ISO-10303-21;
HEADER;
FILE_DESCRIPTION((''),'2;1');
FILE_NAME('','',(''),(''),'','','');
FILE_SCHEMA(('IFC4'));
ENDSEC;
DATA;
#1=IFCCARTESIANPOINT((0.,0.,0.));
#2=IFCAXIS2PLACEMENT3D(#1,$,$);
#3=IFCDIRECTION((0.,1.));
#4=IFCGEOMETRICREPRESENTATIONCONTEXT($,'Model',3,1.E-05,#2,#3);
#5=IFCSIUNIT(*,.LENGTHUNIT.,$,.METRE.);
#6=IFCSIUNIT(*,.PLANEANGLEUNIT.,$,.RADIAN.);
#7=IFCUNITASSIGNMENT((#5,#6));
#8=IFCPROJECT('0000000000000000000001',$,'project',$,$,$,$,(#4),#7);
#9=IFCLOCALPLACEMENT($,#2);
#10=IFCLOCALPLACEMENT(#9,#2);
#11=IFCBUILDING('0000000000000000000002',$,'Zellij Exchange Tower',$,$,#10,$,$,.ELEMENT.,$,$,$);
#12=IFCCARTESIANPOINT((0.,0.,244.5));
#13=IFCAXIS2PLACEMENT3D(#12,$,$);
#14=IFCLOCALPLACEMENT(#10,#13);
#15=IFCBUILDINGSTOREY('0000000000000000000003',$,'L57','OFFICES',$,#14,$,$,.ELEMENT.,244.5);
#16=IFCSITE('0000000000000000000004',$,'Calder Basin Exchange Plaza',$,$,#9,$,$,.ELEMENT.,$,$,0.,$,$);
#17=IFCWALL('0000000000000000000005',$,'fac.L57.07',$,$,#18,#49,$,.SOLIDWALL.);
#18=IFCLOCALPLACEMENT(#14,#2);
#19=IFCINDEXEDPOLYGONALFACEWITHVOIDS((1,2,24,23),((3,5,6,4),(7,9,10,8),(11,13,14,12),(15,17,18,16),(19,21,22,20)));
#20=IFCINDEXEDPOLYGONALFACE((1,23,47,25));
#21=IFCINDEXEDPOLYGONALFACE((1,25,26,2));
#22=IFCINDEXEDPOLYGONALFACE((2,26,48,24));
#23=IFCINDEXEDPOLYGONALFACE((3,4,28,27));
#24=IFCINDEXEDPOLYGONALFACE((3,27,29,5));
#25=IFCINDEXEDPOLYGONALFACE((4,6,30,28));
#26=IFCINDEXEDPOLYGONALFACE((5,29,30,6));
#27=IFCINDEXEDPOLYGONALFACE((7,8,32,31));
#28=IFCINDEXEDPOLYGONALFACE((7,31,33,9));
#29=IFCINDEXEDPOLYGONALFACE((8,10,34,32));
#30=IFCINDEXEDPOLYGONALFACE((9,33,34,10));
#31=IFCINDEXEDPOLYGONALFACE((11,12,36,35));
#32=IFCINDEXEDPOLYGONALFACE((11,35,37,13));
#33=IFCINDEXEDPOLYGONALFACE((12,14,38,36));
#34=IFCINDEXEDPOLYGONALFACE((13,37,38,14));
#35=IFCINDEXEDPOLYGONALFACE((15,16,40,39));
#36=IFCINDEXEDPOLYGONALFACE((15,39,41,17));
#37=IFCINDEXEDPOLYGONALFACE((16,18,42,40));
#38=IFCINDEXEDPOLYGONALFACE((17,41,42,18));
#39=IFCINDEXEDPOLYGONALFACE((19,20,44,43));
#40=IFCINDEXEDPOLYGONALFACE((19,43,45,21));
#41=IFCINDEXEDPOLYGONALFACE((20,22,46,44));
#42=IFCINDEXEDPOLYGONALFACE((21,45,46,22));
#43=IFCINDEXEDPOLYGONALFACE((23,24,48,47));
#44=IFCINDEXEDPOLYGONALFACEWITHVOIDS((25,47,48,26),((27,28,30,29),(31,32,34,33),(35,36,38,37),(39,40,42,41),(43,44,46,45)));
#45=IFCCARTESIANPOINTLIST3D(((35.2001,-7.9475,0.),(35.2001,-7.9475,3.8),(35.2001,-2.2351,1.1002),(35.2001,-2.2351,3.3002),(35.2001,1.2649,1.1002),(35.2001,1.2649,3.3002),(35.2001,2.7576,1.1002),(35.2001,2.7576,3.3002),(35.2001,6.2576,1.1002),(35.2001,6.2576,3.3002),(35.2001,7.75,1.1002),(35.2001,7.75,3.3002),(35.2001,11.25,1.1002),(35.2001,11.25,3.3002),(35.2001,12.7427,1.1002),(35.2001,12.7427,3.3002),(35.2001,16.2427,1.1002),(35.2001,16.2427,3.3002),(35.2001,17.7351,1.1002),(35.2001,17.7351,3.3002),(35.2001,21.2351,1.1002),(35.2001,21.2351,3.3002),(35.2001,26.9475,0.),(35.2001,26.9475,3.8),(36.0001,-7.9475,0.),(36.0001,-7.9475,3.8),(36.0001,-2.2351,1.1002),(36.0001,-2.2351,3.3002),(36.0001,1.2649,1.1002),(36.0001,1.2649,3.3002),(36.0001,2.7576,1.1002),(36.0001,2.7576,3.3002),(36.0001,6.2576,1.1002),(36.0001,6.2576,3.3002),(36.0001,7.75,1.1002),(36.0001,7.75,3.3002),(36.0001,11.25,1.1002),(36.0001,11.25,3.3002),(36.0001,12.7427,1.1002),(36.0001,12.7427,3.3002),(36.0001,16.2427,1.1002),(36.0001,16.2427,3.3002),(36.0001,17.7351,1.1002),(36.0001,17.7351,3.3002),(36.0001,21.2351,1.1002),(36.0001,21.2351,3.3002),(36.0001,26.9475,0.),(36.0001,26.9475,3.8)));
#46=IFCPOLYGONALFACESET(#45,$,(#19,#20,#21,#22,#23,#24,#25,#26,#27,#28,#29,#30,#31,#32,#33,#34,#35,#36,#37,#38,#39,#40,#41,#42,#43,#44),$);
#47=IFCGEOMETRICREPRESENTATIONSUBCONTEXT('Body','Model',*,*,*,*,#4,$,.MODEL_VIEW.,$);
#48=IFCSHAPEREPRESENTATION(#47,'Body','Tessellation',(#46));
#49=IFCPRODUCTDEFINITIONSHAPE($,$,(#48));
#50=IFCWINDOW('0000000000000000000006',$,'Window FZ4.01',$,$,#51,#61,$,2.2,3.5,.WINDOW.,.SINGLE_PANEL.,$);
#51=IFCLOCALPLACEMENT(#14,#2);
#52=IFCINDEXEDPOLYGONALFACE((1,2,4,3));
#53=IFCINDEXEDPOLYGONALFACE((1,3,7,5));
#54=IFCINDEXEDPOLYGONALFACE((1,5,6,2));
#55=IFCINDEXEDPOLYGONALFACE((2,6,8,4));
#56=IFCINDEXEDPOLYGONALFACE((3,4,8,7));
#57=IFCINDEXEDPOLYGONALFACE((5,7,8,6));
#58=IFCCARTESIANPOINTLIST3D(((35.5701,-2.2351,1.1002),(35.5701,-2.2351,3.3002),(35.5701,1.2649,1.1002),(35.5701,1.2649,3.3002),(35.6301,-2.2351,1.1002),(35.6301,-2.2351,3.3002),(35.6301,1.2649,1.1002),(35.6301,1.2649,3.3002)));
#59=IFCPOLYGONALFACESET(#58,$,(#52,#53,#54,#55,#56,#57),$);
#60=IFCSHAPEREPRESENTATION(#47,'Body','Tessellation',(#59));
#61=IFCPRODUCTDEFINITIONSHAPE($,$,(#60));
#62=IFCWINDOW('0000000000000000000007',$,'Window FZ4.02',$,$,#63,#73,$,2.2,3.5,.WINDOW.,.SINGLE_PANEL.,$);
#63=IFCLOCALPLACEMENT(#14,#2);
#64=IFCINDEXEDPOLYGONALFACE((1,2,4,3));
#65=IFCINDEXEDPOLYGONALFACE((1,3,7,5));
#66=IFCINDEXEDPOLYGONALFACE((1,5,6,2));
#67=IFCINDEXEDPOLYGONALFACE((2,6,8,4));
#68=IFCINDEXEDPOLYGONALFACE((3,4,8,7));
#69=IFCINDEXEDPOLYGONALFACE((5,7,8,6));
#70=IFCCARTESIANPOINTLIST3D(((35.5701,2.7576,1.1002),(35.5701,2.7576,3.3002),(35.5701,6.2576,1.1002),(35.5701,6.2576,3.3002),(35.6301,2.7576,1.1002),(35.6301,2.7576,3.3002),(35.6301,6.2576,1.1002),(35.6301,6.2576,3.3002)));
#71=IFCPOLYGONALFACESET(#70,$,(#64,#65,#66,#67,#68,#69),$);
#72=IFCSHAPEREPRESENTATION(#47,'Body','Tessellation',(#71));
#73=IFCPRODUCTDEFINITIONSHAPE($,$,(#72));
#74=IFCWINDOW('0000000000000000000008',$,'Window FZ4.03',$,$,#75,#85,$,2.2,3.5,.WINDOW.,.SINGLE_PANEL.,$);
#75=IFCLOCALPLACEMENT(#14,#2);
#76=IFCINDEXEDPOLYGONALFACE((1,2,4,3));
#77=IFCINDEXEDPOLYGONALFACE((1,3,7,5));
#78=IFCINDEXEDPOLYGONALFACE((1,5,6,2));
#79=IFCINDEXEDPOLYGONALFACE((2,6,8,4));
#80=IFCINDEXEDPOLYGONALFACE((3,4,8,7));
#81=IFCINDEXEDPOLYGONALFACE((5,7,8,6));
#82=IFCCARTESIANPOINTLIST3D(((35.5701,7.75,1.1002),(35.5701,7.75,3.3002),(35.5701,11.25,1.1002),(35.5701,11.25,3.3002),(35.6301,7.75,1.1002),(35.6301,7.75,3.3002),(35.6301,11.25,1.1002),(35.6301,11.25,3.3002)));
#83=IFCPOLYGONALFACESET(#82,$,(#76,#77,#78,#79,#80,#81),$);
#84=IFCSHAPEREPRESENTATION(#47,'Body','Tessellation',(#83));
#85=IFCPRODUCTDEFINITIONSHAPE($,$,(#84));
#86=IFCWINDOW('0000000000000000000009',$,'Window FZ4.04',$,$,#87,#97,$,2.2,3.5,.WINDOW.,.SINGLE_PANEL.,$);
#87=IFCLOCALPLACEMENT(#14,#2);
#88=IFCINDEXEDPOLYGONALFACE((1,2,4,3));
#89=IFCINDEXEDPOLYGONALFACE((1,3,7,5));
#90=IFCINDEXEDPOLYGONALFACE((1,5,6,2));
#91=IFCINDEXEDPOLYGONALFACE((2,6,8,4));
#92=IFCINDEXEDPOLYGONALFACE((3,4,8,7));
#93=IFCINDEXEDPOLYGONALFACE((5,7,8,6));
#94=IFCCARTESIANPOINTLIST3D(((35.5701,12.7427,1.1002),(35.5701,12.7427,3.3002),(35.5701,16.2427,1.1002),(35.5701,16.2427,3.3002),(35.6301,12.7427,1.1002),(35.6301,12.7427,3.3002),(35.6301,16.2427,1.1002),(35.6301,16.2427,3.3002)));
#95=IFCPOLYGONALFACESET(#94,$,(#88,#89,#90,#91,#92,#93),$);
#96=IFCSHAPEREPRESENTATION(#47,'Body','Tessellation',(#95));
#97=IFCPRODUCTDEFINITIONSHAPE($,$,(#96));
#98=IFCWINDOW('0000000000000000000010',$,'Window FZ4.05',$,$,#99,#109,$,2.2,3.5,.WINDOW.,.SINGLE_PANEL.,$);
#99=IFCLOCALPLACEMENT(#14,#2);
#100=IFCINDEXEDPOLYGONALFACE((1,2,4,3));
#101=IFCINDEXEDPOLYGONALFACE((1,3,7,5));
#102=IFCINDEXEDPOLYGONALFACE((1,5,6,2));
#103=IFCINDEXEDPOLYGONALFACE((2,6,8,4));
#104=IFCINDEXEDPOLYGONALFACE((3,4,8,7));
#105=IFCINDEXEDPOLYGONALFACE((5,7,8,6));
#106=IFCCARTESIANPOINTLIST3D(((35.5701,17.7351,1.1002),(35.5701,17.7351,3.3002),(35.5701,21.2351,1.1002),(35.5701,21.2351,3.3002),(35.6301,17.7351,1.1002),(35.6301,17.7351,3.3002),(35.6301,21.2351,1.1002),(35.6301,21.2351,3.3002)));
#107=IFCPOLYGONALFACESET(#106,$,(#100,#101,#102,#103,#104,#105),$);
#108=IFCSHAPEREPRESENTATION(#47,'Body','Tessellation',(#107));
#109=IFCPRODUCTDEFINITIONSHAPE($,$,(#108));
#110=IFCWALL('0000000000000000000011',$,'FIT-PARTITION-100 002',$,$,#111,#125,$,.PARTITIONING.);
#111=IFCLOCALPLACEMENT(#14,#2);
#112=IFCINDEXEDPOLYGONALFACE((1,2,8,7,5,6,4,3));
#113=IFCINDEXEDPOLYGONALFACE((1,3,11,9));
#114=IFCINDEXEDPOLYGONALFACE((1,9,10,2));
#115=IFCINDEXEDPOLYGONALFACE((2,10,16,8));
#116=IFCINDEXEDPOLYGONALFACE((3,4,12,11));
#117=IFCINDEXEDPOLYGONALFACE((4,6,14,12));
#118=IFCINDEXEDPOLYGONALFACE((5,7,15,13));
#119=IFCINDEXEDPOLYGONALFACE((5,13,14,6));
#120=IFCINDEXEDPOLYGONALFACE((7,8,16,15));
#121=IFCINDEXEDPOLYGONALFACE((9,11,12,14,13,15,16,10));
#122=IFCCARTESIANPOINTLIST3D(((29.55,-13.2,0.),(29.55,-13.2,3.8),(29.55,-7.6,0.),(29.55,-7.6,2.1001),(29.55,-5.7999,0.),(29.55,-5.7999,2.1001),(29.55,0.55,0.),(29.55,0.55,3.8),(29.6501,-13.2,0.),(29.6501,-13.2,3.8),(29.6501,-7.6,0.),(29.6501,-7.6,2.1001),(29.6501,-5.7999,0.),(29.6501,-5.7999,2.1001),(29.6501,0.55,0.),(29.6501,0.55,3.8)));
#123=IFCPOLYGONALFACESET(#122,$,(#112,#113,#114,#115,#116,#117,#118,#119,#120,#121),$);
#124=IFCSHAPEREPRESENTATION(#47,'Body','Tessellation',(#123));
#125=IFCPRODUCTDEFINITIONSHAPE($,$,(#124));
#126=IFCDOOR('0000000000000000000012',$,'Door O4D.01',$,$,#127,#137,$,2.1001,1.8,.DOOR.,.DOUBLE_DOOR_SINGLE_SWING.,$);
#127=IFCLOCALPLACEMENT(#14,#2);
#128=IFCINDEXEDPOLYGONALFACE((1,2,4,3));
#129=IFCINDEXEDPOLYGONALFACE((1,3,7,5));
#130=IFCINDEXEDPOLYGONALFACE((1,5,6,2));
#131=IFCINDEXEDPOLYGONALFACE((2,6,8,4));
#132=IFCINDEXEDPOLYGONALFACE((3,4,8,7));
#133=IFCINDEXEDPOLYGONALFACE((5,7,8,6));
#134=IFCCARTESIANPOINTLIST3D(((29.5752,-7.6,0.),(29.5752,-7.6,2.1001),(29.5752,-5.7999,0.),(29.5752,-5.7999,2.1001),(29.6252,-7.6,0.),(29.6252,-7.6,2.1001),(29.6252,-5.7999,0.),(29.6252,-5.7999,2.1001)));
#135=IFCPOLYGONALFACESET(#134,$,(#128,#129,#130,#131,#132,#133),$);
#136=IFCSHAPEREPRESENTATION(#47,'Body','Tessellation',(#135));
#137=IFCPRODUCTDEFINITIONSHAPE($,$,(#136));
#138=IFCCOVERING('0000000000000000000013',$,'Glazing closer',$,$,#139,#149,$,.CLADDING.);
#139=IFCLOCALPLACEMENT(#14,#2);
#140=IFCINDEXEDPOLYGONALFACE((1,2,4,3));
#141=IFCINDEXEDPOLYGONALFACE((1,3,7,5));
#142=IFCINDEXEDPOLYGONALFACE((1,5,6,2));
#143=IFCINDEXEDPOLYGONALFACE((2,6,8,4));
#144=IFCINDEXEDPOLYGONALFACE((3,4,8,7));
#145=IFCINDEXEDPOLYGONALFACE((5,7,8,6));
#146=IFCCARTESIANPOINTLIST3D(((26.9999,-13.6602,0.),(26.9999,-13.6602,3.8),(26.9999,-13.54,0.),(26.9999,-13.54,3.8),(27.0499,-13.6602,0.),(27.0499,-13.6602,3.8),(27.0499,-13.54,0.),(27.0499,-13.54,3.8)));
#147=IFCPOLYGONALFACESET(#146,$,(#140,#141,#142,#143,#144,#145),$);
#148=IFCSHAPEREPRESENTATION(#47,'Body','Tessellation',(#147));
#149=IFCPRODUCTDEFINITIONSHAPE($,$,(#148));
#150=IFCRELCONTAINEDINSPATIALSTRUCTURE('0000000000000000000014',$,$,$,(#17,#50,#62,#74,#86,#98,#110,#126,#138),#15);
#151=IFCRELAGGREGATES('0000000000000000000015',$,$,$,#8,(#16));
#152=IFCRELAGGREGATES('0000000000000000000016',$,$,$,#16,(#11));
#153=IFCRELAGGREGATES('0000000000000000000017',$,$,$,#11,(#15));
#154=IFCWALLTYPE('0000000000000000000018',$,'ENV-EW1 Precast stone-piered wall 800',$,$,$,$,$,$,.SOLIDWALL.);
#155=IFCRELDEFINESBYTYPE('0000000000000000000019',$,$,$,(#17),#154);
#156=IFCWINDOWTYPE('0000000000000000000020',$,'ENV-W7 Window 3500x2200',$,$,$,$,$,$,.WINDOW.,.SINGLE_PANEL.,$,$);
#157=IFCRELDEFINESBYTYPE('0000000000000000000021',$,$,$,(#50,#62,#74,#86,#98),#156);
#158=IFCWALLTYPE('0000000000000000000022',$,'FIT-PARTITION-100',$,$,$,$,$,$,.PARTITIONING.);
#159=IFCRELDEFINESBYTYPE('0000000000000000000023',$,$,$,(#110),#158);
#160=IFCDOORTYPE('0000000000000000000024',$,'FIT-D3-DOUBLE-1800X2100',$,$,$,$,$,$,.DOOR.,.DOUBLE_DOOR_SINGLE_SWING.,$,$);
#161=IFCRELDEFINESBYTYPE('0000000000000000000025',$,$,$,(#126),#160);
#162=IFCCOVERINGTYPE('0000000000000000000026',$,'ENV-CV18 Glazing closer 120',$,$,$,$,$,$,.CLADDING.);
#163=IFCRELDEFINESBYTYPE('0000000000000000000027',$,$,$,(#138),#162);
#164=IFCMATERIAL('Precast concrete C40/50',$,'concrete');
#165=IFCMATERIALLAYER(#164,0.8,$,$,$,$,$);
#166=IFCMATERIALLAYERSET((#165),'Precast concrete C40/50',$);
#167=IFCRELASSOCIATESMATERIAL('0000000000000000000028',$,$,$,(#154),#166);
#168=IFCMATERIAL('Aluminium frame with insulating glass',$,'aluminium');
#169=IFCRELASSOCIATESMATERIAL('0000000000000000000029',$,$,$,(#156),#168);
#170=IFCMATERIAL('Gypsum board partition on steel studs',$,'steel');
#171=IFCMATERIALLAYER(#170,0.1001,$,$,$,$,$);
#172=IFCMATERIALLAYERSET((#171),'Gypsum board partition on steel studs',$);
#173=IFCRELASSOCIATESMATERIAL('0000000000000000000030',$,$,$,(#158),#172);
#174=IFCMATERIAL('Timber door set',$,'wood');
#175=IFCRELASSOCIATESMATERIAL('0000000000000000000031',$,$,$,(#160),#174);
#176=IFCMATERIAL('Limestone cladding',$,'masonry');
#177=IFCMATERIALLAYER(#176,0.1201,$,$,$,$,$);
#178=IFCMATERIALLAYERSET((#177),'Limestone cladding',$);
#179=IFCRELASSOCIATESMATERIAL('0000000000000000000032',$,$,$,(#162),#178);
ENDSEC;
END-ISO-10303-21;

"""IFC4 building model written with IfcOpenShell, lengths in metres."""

from ifc_helpers import new_model, si_unit, direction, frame, frame_2d, origin, origin_2d, place, context, subcontext, project, spatial, rectangle, extrude, material, layer, layer_set, type_object, element, fill, save


model = new_model("IFC4")

# Units and contexts
model_context = context("Model", 3, precision=1e-05, world=origin(), true_north=direction((0.0, 1.0)))
body_context = subcontext(model_context, "Body", "Model", "MODEL_VIEW")
ifc_project = project(units=[si_unit("LENGTHUNIT", "METRE"), si_unit("PLANEANGLEUNIT", "RADIAN")], contexts=[model_context])

# Site, building, storey
site_placement = place(None, origin())
site = spatial("IfcSite", under=ifc_project, at=site_placement, Name="Calder Basin Exchange Plaza", CompositionType="ELEMENT", RefElevation=0.0)
building_placement = place(site_placement, origin())
building = spatial("IfcBuilding", under=site, at=building_placement, Name="Zellij Exchange Tower", CompositionType="ELEMENT")
storey_placement = place(building_placement, frame((0.0, 0.0, 244.5)))
storey = spatial("IfcBuildingStorey", under=building, at=storey_placement, Name="L57", Description="OFFICES", CompositionType="ELEMENT", Elevation=244.5)

# Shared definitions
ifc_material_1 = material(Name="Precast concrete C40/50", Category="concrete")
ifc_layer_1 = layer(ifc_material_1, 0.8)
ifc_layer_set_1 = layer_set([ifc_layer_1], Name="Precast concrete C40/50")
wall_type_1 = type_object("IfcWallType", Name="ENV-EW1 Precast stone-piered wall 800", PredefinedType="SOLIDWALL", material=ifc_layer_set_1)

# Wall, openings, windows
wall_1_placement = place(storey_placement, frame((35.6001, -7.9475, 0.0), z_axis=(0.0, 0.0, 1.0), x_axis=(0.0, 1.0, 0.0)))
wall_1 = element("IfcWall", 1, at=wall_1_placement, inside=storey, type_object=wall_type_1, Name="fac.L57.07", PredefinedType="SOLIDWALL", context=body_context, shape_type="SweptSolid", body=[
    extrude(rectangle(XDim=34.895, YDim=0.8, at=frame_2d((17.4475, 0.0))), origin(), (0.0, 0.0, 1.0), 3.8),
])
opening_1_placement = place(wall_1_placement, frame((5.7124, 0.0, 1.1001)))
opening_1 = element("IfcOpeningElement", 2, at=opening_1_placement, cuts=wall_1, PredefinedType="OPENING", context=body_context, shape_type="SweptSolid", body=[
    extrude(rectangle(XDim=3.5, YDim=2.2, at=frame_2d((1.75, 1.1001))), frame((0.0, 0.4121, 0.0), z_axis=(0.0, -1.0, 0.0), x_axis=(1.0, 0.0, 0.0)), (0.0, 0.0, 1.0), 0.824),
])
opening_2_placement = place(wall_1_placement, frame((10.7051, 0.0, 1.1001)))
opening_2 = element("IfcOpeningElement", 3, at=opening_2_placement, cuts=wall_1, PredefinedType="OPENING", context=body_context, shape_type="SweptSolid", body=[
    extrude(rectangle(XDim=3.5, YDim=2.2, at=frame_2d((1.75, 1.1001))), frame((0.0, 0.4121, 0.0), z_axis=(0.0, -1.0, 0.0), x_axis=(1.0, 0.0, 0.0)), (0.0, 0.0, 1.0), 0.824),
])
opening_3_placement = place(wall_1_placement, frame((15.6975, 0.0, 1.1001)))
opening_3 = element("IfcOpeningElement", 4, at=opening_3_placement, cuts=wall_1, PredefinedType="OPENING", context=body_context, shape_type="SweptSolid", body=[
    extrude(rectangle(XDim=3.5, YDim=2.2, at=frame_2d((1.75, 1.1001))), frame((0.0, 0.4121, 0.0), z_axis=(0.0, -1.0, 0.0), x_axis=(1.0, 0.0, 0.0)), (0.0, 0.0, 1.0), 0.824),
])
opening_4_placement = place(wall_1_placement, frame((20.6902, 0.0, 1.1001)))
opening_4 = element("IfcOpeningElement", 5, at=opening_4_placement, cuts=wall_1, PredefinedType="OPENING", context=body_context, shape_type="SweptSolid", body=[
    extrude(rectangle(XDim=3.5, YDim=2.2, at=frame_2d((1.75, 1.1001))), frame((0.0, 0.4121, 0.0), z_axis=(0.0, -1.0, 0.0), x_axis=(1.0, 0.0, 0.0)), (0.0, 0.0, 1.0), 0.824),
])
opening_5_placement = place(wall_1_placement, frame((25.6826, 0.0, 1.1001)))
opening_5 = element("IfcOpeningElement", 6, at=opening_5_placement, cuts=wall_1, PredefinedType="OPENING", context=body_context, shape_type="SweptSolid", body=[
    extrude(rectangle(XDim=3.5, YDim=2.2, at=frame_2d((1.75, 1.1001))), frame((0.0, 0.4121, 0.0), z_axis=(0.0, -1.0, 0.0), x_axis=(1.0, 0.0, 0.0)), (0.0, 0.0, 1.0), 0.824),
])
ifc_material_2 = material(Name="Aluminium frame with insulating glass", Category="aluminium")
window_type = type_object("IfcWindowType", Name="ENV-W7 Window 3500x2200", PartitioningType="SINGLE_PANEL", PredefinedType="WINDOW", material=ifc_material_2)
window_1_placement = place(opening_1_placement, origin())
window_1 = element("IfcWindow", 7, at=window_1_placement, inside=storey, type_object=window_type, Name="Window FZ4.01", OverallHeight=2.2, OverallWidth=3.5, PartitioningType="SINGLE_PANEL", PredefinedType="WINDOW", context=body_context, shape_type="SweptSolid", body=[
    extrude(rectangle(XDim=3.5, YDim=2.2, at=frame_2d((1.75, 1.1001))), frame((0.0, 0.03, 0.0), z_axis=(0.0, -1.0, 0.0), x_axis=(1.0, 0.0, 0.0)), (0.0, 0.0, 1.0), 0.0601),
])
fill(opening_1, window_1)
window_2_placement = place(opening_2_placement, origin())
window_2 = element("IfcWindow", 8, at=window_2_placement, inside=storey, type_object=window_type, Name="Window FZ4.02", OverallHeight=2.2, OverallWidth=3.5, PartitioningType="SINGLE_PANEL", PredefinedType="WINDOW", context=body_context, shape_type="SweptSolid", body=[
    extrude(rectangle(XDim=3.5, YDim=2.2, at=frame_2d((1.75, 1.1001))), frame((0.0, 0.03, 0.0), z_axis=(0.0, -1.0, 0.0), x_axis=(1.0, 0.0, 0.0)), (0.0, 0.0, 1.0), 0.0601),
])
fill(opening_2, window_2)
window_3_placement = place(opening_3_placement, origin())
window_3 = element("IfcWindow", 9, at=window_3_placement, inside=storey, type_object=window_type, Name="Window FZ4.03", OverallHeight=2.2, OverallWidth=3.5, PartitioningType="SINGLE_PANEL", PredefinedType="WINDOW", context=body_context, shape_type="SweptSolid", body=[
    extrude(rectangle(XDim=3.5, YDim=2.2, at=frame_2d((1.75, 1.1001))), frame((0.0, 0.03, 0.0), z_axis=(0.0, -1.0, 0.0), x_axis=(1.0, 0.0, 0.0)), (0.0, 0.0, 1.0), 0.0601),
])
fill(opening_3, window_3)
window_4_placement = place(opening_4_placement, origin())
window_4 = element("IfcWindow", 10, at=window_4_placement, inside=storey, type_object=window_type, Name="Window FZ4.04", OverallHeight=2.2, OverallWidth=3.5, PartitioningType="SINGLE_PANEL", PredefinedType="WINDOW", context=body_context, shape_type="SweptSolid", body=[
    extrude(rectangle(XDim=3.5, YDim=2.2, at=frame_2d((1.75, 1.1001))), frame((0.0, 0.03, 0.0), z_axis=(0.0, -1.0, 0.0), x_axis=(1.0, 0.0, 0.0)), (0.0, 0.0, 1.0), 0.0601),
])
fill(opening_4, window_4)
window_5_placement = place(opening_5_placement, origin())
window_5 = element("IfcWindow", 11, at=window_5_placement, inside=storey, type_object=window_type, Name="Window FZ4.05", OverallHeight=2.2, OverallWidth=3.5, PartitioningType="SINGLE_PANEL", PredefinedType="WINDOW", context=body_context, shape_type="SweptSolid", body=[
    extrude(rectangle(XDim=3.5, YDim=2.2, at=frame_2d((1.75, 1.1001))), frame((0.0, 0.03, 0.0), z_axis=(0.0, -1.0, 0.0), x_axis=(1.0, 0.0, 0.0)), (0.0, 0.0, 1.0), 0.0601),
])
fill(opening_5, window_5)

# Wall, opening, door
ifc_material_3 = material(Name="Gypsum board partition on steel studs", Category="steel")
ifc_layer_2 = layer(ifc_material_3, 0.1001)
ifc_layer_set_2 = layer_set([ifc_layer_2], Name="Gypsum board partition on steel studs")
wall_type_2 = type_object("IfcWallType", Name="FIT-PARTITION-100", PredefinedType="PARTITIONING", material=ifc_layer_set_2)
wall_2_placement = place(storey_placement, frame((29.6001, -13.2, 0.0), z_axis=(0.0, 0.0, 1.0), x_axis=(0.0, 1.0, 0.0)))
wall_2 = element("IfcWall", 12, at=wall_2_placement, inside=storey, type_object=wall_type_2, Name="FIT-PARTITION-100 002", PredefinedType="PARTITIONING", context=body_context, shape_type="SweptSolid", body=[
    extrude(rectangle(XDim=13.75, YDim=0.1001, at=frame_2d((6.875, 0.0))), origin(), (0.0, 0.0, 1.0), 3.8),
])
opening_6_placement = place(wall_2_placement, frame((5.6001, 0.0, 0.0)))
opening_6 = element("IfcOpeningElement", 13, at=opening_6_placement, cuts=wall_2, PredefinedType="OPENING", context=body_context, shape_type="SweptSolid", body=[
    extrude(rectangle(XDim=1.8, YDim=2.1001, at=frame_2d((0.8999, 1.05))), frame((0.0, 0.062, 0.0), z_axis=(0.0, -1.0, 0.0), x_axis=(1.0, 0.0, 0.0)), (0.0, 0.0, 1.0), 0.124),
])
ifc_material_4 = material(Name="Timber door set", Category="wood")
door_type_1 = type_object("IfcDoorType", Name="FIT-D3-DOUBLE-1800X2100", OperationType="DOUBLE_DOOR_SINGLE_SWING", PredefinedType="DOOR", material=ifc_material_4)
door_1_placement = place(opening_6_placement, origin())
door_1 = element("IfcDoor", 14, at=door_1_placement, inside=storey, type_object=door_type_1, Name="Door O4D.01", OperationType="DOUBLE_DOOR_SINGLE_SWING", OverallHeight=2.1001, OverallWidth=1.8, PredefinedType="DOOR", context=body_context, shape_type="SweptSolid", body=[
    extrude(rectangle(XDim=1.8, YDim=2.1001, at=frame_2d((0.8999, 1.05))), frame((0.0, 0.0249, 0.0), z_axis=(0.0, -1.0, 0.0), x_axis=(1.0, 0.0, 0.0)), (0.0, 0.0, 1.0), 0.05),
])
fill(opening_6, door_1)

# Covering
ifc_material_5 = material(Name="Limestone cladding", Category="masonry")
ifc_layer_3 = layer(ifc_material_5, 0.1201)
ifc_layer_set_3 = layer_set([ifc_layer_3], Name="Limestone cladding")
covering_type = type_object("IfcCoveringType", Name="ENV-CV18 Glazing closer 120", PredefinedType="CLADDING", material=ifc_layer_set_3)
covering_placement = place(storey_placement, frame((27.0249, -13.6001, 0.0), z_axis=(0.0, 0.0, 1.0), x_axis=(-1.0, 0.0, 0.0)))
element("IfcCovering", 15, at=covering_placement, inside=storey, type_object=covering_type, Name="Glazing closer", PredefinedType="CLADDING", context=body_context, shape_type="SweptSolid", body=[
    extrude(rectangle(XDim=0.05, YDim=0.1201, at=origin_2d()), origin(), (0.0, 0.0, 1.0), 3.8),
])

save(model, "model.ifc")
